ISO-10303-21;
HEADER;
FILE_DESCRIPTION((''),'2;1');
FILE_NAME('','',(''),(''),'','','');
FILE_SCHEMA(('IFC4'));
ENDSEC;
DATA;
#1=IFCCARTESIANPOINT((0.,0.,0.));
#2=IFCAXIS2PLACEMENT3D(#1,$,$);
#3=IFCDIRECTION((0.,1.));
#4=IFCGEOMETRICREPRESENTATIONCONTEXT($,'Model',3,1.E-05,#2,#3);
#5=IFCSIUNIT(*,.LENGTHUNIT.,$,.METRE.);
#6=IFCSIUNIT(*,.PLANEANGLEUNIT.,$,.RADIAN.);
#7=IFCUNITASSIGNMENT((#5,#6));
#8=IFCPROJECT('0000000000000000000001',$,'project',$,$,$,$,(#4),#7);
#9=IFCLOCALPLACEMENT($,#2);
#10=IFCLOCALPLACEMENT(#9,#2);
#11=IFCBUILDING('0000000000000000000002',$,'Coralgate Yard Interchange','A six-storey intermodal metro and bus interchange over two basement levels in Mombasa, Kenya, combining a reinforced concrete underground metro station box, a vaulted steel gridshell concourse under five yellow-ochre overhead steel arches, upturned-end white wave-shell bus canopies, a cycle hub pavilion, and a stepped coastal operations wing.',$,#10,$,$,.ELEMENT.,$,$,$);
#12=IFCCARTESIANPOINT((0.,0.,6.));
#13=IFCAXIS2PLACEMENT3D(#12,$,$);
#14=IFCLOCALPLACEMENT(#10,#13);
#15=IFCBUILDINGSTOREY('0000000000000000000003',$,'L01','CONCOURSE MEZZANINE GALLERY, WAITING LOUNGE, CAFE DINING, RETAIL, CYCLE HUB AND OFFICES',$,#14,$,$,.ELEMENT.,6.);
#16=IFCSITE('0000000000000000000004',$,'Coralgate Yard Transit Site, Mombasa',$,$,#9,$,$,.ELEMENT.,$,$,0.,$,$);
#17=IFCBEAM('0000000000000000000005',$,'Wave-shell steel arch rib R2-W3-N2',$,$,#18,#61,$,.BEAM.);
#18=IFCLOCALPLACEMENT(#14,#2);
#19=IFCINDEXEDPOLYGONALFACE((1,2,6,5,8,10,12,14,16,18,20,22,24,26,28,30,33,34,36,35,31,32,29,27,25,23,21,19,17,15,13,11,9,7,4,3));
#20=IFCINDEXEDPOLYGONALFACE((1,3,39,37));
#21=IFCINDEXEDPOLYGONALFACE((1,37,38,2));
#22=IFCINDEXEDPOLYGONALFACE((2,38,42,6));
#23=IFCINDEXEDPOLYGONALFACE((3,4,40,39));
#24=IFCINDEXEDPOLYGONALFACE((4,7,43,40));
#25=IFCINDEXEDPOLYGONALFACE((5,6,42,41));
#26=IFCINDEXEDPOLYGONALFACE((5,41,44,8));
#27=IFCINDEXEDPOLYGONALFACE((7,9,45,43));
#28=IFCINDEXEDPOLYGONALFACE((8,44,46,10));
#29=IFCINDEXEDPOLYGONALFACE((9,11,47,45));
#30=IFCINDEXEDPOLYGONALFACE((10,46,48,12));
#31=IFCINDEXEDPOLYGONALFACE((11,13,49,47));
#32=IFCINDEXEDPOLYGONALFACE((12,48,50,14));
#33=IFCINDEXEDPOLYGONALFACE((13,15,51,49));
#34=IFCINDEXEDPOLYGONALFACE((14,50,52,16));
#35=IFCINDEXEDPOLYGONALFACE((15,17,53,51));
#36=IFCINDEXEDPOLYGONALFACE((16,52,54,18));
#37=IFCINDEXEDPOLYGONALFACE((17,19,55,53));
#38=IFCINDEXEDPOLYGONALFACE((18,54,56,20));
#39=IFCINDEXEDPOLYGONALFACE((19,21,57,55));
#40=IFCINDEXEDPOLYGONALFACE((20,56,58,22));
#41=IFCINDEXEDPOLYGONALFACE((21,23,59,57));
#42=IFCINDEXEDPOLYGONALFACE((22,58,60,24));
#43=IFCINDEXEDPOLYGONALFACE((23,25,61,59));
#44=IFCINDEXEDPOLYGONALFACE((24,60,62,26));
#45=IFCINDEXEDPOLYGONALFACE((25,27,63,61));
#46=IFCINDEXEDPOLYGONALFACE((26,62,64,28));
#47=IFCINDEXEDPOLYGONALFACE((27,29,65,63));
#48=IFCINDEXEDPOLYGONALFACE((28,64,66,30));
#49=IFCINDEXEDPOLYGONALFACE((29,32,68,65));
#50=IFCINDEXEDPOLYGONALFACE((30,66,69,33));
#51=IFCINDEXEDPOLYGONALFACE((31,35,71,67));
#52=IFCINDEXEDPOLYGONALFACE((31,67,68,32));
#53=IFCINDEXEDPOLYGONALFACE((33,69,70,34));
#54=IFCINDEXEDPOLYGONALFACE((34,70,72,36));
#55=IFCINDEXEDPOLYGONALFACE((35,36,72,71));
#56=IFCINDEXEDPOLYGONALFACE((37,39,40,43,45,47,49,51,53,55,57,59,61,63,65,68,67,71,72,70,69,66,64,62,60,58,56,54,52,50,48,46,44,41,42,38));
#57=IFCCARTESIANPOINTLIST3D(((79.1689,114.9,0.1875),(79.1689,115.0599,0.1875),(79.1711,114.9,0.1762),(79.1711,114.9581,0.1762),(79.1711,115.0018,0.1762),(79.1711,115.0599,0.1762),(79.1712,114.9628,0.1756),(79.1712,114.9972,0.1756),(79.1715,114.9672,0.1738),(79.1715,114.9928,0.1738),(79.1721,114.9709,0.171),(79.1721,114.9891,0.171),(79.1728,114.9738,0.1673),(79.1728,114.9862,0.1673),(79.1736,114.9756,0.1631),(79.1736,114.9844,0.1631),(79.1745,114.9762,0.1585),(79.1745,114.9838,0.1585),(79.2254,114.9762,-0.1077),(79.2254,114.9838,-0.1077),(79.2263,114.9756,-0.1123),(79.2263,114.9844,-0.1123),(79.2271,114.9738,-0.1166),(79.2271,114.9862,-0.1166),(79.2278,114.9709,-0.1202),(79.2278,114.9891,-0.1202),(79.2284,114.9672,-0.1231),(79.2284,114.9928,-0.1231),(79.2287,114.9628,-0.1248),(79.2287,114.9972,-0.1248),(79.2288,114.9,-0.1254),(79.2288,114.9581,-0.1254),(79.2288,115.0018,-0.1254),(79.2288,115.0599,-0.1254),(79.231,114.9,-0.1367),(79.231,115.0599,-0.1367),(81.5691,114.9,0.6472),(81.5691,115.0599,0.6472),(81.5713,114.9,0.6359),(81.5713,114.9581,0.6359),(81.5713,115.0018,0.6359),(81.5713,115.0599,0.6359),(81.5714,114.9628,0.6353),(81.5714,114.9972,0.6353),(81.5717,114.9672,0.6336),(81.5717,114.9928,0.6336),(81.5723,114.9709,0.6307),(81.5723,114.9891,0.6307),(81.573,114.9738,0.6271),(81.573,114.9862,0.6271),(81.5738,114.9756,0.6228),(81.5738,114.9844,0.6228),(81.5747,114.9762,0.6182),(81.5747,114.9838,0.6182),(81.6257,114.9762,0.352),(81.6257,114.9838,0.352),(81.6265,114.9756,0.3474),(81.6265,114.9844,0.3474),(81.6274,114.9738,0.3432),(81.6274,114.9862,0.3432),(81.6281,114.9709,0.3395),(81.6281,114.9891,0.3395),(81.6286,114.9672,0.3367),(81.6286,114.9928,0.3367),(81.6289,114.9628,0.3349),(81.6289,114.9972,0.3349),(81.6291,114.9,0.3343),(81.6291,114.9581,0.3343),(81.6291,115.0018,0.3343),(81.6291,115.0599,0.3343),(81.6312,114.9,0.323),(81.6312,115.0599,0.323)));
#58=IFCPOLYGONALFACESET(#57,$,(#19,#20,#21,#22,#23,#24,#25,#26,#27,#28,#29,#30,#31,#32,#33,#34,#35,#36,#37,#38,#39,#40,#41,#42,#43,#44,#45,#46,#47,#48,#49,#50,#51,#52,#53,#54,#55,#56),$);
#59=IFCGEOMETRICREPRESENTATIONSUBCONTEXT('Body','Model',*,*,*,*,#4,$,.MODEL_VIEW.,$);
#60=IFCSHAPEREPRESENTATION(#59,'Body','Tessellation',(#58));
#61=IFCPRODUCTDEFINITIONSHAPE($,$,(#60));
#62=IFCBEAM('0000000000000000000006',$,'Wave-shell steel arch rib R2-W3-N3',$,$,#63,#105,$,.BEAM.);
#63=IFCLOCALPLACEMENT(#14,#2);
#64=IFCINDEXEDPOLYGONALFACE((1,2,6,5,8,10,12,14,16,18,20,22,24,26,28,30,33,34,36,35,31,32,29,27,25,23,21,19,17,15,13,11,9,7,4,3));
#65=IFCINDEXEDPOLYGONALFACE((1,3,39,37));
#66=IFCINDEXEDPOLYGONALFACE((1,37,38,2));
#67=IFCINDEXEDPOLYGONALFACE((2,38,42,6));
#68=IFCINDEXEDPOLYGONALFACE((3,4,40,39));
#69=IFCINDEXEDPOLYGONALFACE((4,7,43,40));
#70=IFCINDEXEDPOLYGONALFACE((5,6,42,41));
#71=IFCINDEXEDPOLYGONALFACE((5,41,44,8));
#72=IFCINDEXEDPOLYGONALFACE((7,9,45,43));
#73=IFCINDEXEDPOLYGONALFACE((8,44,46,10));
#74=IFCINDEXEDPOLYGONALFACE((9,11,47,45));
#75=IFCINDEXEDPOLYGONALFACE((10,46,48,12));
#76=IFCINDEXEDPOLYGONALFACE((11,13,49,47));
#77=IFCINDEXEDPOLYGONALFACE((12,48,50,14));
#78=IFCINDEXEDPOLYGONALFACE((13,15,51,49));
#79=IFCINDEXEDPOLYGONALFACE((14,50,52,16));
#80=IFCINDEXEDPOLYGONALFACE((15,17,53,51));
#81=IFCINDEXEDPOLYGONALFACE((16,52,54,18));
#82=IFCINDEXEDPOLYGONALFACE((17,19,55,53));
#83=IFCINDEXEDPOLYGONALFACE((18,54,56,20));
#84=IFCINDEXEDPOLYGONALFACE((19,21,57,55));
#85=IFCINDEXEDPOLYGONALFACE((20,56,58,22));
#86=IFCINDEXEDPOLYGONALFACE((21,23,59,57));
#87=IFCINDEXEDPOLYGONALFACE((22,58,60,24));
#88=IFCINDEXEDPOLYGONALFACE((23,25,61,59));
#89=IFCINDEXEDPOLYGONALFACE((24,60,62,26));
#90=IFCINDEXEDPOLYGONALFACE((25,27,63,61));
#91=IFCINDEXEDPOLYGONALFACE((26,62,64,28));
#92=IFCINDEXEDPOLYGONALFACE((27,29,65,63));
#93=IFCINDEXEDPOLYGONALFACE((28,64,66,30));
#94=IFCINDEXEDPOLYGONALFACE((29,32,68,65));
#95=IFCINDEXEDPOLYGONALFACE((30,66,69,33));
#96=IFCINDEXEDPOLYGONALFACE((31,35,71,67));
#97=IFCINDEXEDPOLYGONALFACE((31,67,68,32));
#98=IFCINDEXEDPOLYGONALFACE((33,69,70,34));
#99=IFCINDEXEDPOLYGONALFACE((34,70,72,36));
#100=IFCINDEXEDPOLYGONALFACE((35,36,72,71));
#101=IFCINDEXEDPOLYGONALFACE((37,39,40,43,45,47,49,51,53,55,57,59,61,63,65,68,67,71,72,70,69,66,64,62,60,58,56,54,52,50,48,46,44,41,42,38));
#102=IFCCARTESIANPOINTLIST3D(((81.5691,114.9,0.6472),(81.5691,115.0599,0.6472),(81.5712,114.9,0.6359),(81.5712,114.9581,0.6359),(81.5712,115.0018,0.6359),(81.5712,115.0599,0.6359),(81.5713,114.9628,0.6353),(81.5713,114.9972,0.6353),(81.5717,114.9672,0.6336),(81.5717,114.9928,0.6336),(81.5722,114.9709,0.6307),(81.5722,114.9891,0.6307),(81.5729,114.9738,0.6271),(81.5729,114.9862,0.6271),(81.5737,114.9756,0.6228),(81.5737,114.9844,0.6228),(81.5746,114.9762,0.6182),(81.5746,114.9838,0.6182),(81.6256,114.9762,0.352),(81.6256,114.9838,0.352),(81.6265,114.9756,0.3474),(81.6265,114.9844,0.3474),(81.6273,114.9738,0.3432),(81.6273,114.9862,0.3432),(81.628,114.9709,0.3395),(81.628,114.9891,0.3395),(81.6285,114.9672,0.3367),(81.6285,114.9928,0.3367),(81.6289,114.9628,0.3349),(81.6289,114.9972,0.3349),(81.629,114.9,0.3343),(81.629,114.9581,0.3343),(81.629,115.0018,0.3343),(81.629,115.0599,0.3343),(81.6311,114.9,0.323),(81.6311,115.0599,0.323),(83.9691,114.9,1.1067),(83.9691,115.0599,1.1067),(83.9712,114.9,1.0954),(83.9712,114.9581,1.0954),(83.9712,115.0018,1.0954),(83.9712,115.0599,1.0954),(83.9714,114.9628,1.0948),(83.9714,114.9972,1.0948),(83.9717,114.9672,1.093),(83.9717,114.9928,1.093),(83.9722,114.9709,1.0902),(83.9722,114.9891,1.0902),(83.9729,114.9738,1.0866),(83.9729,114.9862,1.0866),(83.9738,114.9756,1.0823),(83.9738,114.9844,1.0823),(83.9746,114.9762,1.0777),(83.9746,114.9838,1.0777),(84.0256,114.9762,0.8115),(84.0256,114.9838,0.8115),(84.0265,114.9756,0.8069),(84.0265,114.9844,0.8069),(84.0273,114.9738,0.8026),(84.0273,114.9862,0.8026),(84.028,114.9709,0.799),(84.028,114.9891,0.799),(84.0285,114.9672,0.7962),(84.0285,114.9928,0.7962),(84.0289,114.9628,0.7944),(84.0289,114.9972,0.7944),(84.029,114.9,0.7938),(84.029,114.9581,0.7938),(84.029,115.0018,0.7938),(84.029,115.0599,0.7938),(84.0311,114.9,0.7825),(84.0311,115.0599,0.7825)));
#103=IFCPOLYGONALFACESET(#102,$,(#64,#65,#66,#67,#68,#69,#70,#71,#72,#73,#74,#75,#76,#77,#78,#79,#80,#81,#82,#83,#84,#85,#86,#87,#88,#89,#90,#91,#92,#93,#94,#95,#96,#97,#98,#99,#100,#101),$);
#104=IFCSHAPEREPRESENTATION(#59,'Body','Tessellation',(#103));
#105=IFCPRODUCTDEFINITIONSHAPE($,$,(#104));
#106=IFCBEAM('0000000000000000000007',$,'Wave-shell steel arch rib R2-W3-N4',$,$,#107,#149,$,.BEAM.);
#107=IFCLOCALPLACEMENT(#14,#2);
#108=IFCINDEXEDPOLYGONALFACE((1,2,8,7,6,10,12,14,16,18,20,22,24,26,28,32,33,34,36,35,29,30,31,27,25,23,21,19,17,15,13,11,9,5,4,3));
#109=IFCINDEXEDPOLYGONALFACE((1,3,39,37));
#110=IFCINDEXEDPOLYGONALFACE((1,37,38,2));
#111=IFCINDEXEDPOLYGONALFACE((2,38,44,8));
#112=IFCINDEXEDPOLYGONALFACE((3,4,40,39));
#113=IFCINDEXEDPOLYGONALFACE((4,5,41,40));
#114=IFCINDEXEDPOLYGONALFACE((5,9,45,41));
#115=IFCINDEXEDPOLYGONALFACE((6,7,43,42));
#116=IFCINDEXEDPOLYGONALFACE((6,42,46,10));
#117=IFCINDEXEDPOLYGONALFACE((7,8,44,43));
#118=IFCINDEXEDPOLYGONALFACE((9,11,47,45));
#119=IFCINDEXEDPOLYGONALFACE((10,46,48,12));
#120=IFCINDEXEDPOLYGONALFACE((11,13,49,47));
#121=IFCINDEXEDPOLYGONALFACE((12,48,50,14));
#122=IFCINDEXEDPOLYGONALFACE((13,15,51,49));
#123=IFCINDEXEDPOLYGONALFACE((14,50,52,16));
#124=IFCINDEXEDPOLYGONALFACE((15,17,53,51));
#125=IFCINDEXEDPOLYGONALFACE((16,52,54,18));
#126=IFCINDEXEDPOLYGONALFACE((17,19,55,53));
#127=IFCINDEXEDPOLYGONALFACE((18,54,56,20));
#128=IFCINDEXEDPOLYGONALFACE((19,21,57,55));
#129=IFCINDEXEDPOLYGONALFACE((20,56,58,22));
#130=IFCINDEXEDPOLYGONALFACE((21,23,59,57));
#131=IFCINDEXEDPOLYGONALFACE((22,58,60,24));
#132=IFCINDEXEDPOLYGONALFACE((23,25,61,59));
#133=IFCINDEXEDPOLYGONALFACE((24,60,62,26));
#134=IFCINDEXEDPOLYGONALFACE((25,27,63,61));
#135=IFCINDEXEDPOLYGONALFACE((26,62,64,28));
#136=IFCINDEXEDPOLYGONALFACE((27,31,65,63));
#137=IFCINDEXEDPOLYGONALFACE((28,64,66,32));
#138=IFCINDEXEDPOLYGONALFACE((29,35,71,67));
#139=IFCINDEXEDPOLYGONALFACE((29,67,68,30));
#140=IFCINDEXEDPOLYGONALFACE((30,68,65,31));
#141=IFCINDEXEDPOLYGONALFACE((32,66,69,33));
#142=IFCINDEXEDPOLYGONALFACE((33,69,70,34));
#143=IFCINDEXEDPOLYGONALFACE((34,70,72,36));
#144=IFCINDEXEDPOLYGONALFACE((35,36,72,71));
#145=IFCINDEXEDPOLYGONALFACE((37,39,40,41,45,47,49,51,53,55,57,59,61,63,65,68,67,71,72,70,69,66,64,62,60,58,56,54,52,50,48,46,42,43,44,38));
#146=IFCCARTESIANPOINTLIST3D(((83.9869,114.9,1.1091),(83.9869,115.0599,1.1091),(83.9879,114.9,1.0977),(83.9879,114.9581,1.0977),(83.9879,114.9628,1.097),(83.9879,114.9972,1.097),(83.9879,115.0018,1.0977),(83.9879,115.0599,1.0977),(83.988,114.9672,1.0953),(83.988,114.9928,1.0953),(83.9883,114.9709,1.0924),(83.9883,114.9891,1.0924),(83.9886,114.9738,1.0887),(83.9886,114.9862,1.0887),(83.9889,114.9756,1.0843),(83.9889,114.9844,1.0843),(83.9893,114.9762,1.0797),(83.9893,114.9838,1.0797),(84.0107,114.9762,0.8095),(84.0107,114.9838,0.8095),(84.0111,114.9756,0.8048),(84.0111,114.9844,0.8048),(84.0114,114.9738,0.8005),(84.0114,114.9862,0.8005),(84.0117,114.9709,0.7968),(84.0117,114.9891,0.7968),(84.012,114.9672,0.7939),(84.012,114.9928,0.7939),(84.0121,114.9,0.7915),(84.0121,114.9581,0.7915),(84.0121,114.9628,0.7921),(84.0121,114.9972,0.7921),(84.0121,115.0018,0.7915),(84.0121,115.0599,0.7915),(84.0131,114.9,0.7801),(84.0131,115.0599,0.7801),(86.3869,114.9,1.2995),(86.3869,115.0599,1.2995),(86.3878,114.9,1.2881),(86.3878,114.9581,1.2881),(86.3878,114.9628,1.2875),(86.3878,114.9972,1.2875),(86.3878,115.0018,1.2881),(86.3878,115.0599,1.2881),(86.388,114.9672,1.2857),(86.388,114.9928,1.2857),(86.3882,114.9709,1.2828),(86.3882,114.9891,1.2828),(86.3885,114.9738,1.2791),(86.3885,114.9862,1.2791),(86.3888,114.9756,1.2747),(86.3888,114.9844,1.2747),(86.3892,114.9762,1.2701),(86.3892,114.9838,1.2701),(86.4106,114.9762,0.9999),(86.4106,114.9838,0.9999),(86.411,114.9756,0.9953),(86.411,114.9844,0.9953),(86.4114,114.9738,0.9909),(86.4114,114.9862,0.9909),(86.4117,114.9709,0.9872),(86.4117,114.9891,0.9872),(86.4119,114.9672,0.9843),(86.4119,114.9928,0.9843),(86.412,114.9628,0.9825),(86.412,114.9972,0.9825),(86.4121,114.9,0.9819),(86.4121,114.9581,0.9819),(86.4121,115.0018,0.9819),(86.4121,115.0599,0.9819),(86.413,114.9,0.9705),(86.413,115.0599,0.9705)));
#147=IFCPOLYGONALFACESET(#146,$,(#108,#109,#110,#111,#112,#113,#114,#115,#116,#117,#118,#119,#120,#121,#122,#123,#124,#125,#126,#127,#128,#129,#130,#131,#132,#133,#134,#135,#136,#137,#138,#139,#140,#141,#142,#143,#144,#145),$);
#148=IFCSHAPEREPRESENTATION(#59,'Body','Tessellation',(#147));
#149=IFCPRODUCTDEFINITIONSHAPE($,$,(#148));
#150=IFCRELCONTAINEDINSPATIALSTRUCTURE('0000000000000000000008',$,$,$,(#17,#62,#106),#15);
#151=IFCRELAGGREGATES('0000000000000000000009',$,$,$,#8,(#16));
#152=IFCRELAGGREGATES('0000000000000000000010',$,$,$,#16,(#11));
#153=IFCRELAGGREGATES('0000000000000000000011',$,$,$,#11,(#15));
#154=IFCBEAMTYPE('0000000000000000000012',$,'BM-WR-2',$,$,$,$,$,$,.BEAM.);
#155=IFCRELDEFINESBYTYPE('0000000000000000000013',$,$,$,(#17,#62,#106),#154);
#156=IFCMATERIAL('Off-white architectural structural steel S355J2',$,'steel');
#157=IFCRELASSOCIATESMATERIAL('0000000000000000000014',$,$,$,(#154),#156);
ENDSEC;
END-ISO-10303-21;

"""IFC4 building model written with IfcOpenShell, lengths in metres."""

from ifc_helpers import new_model, si_unit, direction, frame, origin, origin_2d, place, context, subcontext, project, spatial, i_section, extrude, material, material_profile, profile_set, type_object, element, save


model = new_model("IFC4")

# Units and contexts
model_context = context("Model", 3, precision=1e-05, world=origin(), true_north=direction((0.0, 1.0)))
body_context = subcontext(model_context, "Body", "Model", "MODEL_VIEW")
ifc_project = project(units=[si_unit("LENGTHUNIT", "METRE"), si_unit("PLANEANGLEUNIT", "RADIAN")], contexts=[model_context])

# Site, building, storey
site_placement = place(None, origin())
site = spatial("IfcSite", under=ifc_project, at=site_placement, Name="Coralgate Yard Transit Site, Mombasa", CompositionType="ELEMENT", RefElevation=0.0)
building_placement = place(site_placement, origin())
building = spatial("IfcBuilding", under=site, at=building_placement, Name="Coralgate Yard Interchange", Description="A six-storey intermodal metro and bus interchange over two basement levels in Mombasa, Kenya, combining a reinforced concrete underground metro station box, a vaulted steel gridshell concourse under five yellow-ochre overhead steel arches, upturned-end white wave-shell bus canopies, a cycle hub pavilion, and a stepped coastal operations wing.", CompositionType="ELEMENT")
storey_placement = place(building_placement, frame((0.0, 0.0, 6.0)))
storey = spatial("IfcBuildingStorey", under=building, at=storey_placement, Name="L01", Description="CONCOURSE MEZZANINE GALLERY, WAITING LOUNGE, CAFE DINING, RETAIL, CYCLE HUB AND OFFICES", CompositionType="ELEMENT", Elevation=6.0)

# Beams
ifc_material_1 = material(Name="Off-white architectural structural steel S355J2", Category="steel")
ifc_material_profile_1 = material_profile(ifc_material_1, i_section(OverallWidth=0.1599, OverallDepth=0.3301, WebThickness=0.0076, FlangeThickness=0.0115, FilletRadius=0.0181, at=origin_2d()), Name="IPE 330")
ifc_profile_set_1 = profile_set([ifc_material_profile_1], Name="Off-white architectural structural steel S355J2")
beam_type_1 = type_object("IfcBeamType", Name="BM-WR-2", PredefinedType="BEAM", material=ifc_profile_set_1)
beam_1_placement = place(storey_placement, frame((79.2, 114.98, 0.0254), z_axis=(0.982147, 0.0, 0.188117), x_axis=(0.0, 1.0, 0.0)))
element("IfcBeam", 1, at=beam_1_placement, inside=storey, type_object=beam_type_1, Name="Wave-shell steel arch rib R2-W3-N2", PredefinedType="BEAM", context=body_context, shape_type="SweptSolid", body=[
    extrude(i_section(OverallWidth=0.1599, OverallDepth=0.3301, WebThickness=0.0076, FlangeThickness=0.0115, FilletRadius=0.0181, at=origin_2d()), origin(), (0.0, 0.0, 1.0), 2.4438),
])
beam_2_placement = place(storey_placement, frame((81.6001, 114.98, 0.4851), z_axis=(0.982161, 0.0, 0.188039), x_axis=(0.0, 1.0, 0.0)))
element("IfcBeam", 2, at=beam_2_placement, inside=storey, type_object=beam_type_1, Name="Wave-shell steel arch rib R2-W3-N3", PredefinedType="BEAM", context=body_context, shape_type="SweptSolid", body=[
    extrude(i_section(OverallWidth=0.1599, OverallDepth=0.3301, WebThickness=0.0076, FlangeThickness=0.0115, FilletRadius=0.0181, at=origin_2d()), origin(), (0.0, 0.0, 1.0), 2.4436),
])
beam_3_placement = place(storey_placement, frame((84.0, 114.98, 0.9446), z_axis=(0.996867, 0.0, 0.0791), x_axis=(0.0, 1.0, 0.0)))
element("IfcBeam", 3, at=beam_3_placement, inside=storey, type_object=beam_type_1, Name="Wave-shell steel arch rib R2-W3-N4", PredefinedType="BEAM", context=body_context, shape_type="SweptSolid", body=[
    extrude(i_section(OverallWidth=0.1599, OverallDepth=0.3301, WebThickness=0.0076, FlangeThickness=0.0115, FilletRadius=0.0181, at=origin_2d()), origin(), (0.0, 0.0, 1.0), 2.4075),
])

save(model, "model.ifc")
